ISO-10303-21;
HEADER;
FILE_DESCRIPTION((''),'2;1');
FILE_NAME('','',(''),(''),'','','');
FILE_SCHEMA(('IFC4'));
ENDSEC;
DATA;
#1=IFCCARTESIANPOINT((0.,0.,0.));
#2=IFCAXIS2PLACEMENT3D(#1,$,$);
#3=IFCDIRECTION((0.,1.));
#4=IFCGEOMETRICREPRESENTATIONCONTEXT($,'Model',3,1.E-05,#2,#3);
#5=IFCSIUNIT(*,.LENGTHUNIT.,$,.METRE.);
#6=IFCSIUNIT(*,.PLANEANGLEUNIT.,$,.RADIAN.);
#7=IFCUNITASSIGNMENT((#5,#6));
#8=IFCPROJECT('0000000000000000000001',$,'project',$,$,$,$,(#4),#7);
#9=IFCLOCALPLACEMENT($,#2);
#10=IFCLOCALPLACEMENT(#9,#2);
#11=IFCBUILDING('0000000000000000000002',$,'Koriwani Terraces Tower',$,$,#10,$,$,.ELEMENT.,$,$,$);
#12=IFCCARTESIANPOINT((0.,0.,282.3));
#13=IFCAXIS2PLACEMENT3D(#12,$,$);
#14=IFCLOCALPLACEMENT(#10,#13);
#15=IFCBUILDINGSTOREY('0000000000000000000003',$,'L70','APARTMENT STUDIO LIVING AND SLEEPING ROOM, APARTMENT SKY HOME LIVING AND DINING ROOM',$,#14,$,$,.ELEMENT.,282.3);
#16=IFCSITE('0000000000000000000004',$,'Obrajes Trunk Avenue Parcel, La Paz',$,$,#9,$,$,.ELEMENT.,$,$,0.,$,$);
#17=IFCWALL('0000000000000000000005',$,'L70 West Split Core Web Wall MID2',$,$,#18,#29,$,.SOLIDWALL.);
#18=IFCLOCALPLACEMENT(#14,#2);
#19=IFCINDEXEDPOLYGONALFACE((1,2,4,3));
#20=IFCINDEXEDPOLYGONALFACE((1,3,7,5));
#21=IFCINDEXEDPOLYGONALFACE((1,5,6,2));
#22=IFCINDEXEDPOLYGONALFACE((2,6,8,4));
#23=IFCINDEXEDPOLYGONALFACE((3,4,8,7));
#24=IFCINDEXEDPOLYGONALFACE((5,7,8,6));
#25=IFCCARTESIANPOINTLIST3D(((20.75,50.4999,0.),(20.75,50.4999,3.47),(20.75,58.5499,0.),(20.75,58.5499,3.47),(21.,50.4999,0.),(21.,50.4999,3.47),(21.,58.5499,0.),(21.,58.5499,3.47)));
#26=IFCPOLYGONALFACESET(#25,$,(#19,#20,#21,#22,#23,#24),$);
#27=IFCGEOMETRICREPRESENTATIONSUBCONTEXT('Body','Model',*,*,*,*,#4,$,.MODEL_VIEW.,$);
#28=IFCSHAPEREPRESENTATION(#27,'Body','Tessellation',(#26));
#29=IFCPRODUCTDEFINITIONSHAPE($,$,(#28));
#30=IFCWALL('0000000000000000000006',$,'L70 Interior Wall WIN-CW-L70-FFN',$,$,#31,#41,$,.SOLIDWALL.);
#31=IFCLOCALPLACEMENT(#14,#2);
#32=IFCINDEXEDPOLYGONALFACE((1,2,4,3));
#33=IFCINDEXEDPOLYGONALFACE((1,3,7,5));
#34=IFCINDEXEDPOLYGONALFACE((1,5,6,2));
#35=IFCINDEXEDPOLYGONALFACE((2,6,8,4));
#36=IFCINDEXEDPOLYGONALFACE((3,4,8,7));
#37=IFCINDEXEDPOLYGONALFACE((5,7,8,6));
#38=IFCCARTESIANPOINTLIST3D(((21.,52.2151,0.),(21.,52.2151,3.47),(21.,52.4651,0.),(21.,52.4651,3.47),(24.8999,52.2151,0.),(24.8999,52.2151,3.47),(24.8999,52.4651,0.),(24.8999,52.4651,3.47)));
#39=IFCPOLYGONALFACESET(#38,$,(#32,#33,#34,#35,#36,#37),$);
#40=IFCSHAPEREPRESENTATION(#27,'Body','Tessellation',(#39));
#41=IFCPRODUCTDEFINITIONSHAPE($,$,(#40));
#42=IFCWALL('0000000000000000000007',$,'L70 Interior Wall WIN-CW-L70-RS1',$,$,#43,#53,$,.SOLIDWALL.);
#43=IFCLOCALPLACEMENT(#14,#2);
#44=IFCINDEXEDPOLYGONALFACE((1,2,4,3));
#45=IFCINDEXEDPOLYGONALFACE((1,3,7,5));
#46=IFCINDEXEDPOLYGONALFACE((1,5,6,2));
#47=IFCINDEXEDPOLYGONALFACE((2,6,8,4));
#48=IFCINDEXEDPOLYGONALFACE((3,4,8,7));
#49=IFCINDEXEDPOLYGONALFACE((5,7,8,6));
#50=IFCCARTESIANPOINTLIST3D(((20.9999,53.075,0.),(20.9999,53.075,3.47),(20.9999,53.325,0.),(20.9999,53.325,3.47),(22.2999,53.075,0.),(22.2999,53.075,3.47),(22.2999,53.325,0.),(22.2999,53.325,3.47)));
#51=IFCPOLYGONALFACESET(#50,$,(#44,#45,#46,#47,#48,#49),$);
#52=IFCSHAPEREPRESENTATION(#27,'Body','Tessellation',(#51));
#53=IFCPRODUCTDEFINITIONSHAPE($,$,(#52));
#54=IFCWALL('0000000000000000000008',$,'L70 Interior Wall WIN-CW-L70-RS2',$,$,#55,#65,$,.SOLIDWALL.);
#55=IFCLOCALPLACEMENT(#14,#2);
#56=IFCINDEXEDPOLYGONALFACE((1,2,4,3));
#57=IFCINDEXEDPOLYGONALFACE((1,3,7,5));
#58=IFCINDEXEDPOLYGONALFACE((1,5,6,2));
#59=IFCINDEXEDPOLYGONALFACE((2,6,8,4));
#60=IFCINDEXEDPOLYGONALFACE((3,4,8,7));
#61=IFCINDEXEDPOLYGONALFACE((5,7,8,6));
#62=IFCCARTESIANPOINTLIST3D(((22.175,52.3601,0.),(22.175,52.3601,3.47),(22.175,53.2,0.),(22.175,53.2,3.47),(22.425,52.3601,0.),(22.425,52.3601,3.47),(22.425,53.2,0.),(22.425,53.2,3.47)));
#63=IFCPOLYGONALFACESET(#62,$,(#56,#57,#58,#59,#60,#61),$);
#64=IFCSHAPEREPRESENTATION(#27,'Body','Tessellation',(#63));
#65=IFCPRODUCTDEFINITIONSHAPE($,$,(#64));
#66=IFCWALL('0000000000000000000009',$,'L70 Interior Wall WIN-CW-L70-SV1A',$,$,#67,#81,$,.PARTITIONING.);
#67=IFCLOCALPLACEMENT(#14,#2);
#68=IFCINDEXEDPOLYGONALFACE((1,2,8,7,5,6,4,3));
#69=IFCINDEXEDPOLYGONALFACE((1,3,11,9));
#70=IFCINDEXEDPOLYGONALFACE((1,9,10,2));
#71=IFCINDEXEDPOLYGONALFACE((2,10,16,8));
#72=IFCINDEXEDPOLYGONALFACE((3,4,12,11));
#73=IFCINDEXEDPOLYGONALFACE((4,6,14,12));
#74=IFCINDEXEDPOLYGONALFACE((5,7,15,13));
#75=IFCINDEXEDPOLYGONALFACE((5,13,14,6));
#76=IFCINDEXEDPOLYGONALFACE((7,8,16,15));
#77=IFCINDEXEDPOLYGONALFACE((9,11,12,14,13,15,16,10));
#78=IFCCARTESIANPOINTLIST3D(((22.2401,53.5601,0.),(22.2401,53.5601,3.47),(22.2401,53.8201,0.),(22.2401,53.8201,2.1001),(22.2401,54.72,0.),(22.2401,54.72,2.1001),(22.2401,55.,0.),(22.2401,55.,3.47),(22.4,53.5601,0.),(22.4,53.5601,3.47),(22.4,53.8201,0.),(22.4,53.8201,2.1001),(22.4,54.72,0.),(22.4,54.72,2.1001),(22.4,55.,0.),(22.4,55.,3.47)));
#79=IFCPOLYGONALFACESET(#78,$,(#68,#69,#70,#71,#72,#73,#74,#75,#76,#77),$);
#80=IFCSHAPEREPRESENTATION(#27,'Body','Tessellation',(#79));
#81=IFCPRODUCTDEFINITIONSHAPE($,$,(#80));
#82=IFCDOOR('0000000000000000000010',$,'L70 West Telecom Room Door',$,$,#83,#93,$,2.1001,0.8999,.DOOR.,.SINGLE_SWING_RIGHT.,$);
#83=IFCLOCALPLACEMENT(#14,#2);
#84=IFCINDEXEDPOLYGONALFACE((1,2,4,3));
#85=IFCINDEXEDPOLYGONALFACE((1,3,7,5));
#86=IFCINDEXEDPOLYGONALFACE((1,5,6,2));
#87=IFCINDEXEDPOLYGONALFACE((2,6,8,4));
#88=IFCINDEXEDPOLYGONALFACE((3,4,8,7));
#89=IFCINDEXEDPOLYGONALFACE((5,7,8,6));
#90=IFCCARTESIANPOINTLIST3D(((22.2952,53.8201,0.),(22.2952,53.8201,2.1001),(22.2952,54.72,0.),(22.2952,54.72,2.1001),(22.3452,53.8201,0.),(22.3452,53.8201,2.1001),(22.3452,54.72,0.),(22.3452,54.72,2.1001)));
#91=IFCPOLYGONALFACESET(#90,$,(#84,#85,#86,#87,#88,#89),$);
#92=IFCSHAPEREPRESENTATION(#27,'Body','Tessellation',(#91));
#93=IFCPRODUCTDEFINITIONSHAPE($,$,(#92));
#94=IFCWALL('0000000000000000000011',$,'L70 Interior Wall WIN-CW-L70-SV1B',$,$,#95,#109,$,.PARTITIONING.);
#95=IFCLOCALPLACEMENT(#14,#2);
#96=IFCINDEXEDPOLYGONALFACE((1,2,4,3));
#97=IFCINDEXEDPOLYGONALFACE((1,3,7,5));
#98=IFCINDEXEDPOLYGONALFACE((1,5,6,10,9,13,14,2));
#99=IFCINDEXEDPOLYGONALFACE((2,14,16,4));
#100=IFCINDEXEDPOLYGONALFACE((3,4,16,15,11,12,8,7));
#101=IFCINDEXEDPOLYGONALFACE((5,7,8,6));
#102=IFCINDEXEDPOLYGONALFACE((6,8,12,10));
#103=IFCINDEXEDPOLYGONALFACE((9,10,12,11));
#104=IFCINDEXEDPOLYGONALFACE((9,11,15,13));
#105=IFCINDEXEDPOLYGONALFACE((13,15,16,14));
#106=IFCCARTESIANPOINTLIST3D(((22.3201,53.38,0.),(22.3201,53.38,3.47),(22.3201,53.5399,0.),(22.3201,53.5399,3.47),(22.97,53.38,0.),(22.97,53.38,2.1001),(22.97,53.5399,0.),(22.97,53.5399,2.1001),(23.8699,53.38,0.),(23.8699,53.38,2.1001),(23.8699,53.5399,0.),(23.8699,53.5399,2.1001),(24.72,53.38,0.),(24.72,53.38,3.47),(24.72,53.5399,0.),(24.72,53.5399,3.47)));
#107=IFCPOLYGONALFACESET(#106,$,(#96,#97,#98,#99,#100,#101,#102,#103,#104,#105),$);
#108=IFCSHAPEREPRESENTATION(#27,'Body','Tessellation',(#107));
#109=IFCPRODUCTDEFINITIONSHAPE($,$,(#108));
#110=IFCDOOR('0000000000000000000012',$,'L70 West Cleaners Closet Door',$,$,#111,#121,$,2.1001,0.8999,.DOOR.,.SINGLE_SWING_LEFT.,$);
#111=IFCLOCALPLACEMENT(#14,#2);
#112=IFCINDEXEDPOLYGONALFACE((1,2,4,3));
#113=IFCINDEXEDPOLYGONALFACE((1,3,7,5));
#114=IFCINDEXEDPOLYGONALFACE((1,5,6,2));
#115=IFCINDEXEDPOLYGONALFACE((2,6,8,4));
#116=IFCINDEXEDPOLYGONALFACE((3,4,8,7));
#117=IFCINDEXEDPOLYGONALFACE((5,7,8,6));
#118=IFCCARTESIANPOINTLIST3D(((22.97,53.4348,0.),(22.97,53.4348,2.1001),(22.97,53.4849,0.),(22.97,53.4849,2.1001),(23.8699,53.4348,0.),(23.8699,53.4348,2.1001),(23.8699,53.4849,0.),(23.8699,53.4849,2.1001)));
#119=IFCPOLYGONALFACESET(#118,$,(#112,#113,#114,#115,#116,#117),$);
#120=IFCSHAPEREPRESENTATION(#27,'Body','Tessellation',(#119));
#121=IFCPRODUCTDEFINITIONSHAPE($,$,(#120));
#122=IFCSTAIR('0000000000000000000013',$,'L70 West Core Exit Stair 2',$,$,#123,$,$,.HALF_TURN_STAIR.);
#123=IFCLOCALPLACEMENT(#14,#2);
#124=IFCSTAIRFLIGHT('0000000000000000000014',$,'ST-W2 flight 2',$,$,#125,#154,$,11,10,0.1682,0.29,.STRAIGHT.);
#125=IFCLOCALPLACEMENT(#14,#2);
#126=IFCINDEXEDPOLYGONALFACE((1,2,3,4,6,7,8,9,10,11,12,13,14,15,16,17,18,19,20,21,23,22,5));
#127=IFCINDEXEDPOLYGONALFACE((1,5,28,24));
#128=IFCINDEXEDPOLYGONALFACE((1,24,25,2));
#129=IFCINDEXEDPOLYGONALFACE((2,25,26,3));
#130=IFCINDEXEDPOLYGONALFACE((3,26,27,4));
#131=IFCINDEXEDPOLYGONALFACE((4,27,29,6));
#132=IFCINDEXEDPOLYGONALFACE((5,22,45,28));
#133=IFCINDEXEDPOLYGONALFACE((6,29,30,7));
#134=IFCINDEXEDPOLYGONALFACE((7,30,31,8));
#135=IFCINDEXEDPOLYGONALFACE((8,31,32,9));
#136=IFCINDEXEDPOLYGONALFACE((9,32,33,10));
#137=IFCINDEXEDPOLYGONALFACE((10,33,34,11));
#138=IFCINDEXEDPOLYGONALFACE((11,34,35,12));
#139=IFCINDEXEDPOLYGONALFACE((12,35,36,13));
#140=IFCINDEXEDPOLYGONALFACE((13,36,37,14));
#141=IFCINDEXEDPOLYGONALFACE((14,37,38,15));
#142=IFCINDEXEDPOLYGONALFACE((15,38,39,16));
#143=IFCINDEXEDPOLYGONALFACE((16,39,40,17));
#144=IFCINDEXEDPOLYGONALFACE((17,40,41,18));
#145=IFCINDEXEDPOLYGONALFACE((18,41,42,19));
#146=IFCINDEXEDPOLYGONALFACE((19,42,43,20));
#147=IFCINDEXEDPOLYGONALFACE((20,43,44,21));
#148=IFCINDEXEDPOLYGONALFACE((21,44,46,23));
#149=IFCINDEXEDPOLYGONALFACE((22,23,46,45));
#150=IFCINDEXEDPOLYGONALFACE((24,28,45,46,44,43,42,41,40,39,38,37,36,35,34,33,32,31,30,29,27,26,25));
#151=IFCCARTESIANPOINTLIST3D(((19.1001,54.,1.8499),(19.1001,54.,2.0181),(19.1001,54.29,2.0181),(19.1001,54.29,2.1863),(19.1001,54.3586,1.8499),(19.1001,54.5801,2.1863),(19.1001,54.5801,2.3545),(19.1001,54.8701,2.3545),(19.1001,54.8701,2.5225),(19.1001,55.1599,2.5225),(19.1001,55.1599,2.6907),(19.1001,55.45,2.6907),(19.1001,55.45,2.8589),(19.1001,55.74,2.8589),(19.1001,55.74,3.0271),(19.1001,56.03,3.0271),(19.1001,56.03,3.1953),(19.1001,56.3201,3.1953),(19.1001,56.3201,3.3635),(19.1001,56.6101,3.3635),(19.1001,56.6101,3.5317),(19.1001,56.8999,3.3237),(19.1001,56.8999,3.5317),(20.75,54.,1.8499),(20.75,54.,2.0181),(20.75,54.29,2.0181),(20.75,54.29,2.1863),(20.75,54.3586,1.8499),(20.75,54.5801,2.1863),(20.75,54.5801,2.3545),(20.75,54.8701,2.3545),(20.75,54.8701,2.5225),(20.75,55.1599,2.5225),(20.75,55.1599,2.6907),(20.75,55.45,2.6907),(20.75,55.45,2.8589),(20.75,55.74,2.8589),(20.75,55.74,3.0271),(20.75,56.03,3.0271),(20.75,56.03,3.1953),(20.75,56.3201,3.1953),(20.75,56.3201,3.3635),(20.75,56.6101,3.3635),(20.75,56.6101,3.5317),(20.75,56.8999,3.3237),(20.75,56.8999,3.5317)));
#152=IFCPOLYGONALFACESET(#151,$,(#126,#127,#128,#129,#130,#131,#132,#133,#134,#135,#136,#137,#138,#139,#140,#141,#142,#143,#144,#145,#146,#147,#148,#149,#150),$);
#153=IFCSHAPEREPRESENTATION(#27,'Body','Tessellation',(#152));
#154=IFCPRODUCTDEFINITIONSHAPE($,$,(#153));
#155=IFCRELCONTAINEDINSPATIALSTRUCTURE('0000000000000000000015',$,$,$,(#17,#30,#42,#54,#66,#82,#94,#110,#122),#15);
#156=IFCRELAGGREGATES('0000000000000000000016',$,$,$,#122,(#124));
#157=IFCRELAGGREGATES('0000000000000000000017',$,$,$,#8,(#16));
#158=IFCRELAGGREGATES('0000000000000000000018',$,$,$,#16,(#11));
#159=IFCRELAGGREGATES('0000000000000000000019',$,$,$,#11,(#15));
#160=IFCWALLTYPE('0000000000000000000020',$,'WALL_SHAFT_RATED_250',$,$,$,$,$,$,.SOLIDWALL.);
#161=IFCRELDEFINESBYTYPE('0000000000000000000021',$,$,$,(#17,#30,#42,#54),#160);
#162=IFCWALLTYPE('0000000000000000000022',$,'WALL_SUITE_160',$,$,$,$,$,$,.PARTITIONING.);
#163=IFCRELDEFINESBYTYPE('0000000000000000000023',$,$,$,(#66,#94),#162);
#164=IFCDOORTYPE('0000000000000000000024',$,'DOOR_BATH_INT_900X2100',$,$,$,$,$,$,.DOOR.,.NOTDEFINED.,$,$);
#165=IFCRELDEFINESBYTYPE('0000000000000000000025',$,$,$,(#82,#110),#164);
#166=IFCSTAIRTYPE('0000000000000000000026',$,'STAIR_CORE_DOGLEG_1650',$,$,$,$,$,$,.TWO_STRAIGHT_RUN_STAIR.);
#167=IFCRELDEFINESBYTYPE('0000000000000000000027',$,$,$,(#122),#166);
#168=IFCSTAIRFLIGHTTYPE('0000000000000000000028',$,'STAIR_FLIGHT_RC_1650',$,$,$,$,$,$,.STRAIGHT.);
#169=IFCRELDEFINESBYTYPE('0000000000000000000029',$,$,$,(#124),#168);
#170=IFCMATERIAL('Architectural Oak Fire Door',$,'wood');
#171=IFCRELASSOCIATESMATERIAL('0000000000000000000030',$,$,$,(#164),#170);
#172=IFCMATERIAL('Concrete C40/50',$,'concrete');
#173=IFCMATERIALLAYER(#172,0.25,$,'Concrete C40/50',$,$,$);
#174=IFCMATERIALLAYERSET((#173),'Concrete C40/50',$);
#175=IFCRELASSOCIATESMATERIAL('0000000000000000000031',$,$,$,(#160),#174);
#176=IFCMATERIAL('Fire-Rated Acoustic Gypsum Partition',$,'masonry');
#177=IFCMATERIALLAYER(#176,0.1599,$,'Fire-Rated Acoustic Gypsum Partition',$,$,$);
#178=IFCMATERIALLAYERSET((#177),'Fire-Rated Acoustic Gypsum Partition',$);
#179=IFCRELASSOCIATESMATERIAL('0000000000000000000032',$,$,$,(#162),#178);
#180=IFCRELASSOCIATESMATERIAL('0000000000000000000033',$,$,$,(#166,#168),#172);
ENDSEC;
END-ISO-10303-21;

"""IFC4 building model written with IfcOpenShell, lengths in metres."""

from ifc_helpers import new_model, si_unit, direction, frame, frame_2d, origin, place, context, subcontext, project, spatial, polyline, rectangle, outline, extrude, material, layer, layer_set, type_object, element, fill, aggregate, save


model = new_model("IFC4")

# Units and contexts
model_context = context("Model", 3, precision=1e-05, world=origin(), true_north=direction((0.0, 1.0)))
body_context = subcontext(model_context, "Body", "Model", "MODEL_VIEW")
ifc_project = project(units=[si_unit("LENGTHUNIT", "METRE"), si_unit("PLANEANGLEUNIT", "RADIAN")], contexts=[model_context])

# Site, building, storey
site_placement = place(None, origin())
site = spatial("IfcSite", under=ifc_project, at=site_placement, Name="Obrajes Trunk Avenue Parcel, La Paz", CompositionType="ELEMENT", RefElevation=0.0)
building_placement = place(site_placement, origin())
building = spatial("IfcBuilding", under=site, at=building_placement, Name="Koriwani Terraces Tower", CompositionType="ELEMENT")
storey_placement = place(building_placement, frame((0.0, 0.0, 282.3)))
storey = spatial("IfcBuildingStorey", under=building, at=storey_placement, Name="L70", Description="APARTMENT STUDIO LIVING AND SLEEPING ROOM, APARTMENT SKY HOME LIVING AND DINING ROOM", CompositionType="ELEMENT", Elevation=282.3)

# Shared definitions
ifc_material_1 = material(Name="Fire-Rated Acoustic Gypsum Partition", Category="masonry")
ifc_material_2 = material(Name="Architectural Oak Fire Door", Category="wood")
door_type_1 = type_object("IfcDoorType", Name="DOOR_BATH_INT_900X2100", OperationType="NOTDEFINED", PredefinedType="DOOR", material=ifc_material_2)

# Walls
ifc_material_3 = material(Name="Concrete C40/50", Category="concrete")
ifc_layer_1 = layer(ifc_material_3, 0.25, Name="Concrete C40/50")
ifc_layer_set_1 = layer_set([ifc_layer_1], Name="Concrete C40/50")
wall_type_1 = type_object("IfcWallType", Name="WALL_SHAFT_RATED_250", PredefinedType="SOLIDWALL", material=ifc_layer_set_1)
wall_1_placement = place(storey_placement, frame((20.875, 50.5, 0.0), z_axis=(0.0, 0.0, 1.0), x_axis=(0.0, 1.0, 0.0)))
element("IfcWall", 1, at=wall_1_placement, inside=storey, type_object=wall_type_1, Name="L70 West Split Core Web Wall MID2", PredefinedType="SOLIDWALL", context=body_context, shape_type="SweptSolid", body=[
    extrude(rectangle(XDim=8.05, YDim=0.25, at=frame_2d((4.0249, 0.0))), origin(), (0.0, 0.0, 1.0), 3.47),
])
wall_2_placement = place(storey_placement, frame((21.0, 52.3401, 0.0), z_axis=(0.0, 0.0, 1.0), x_axis=(1.0, 0.0, 0.0)))
element("IfcWall", 2, at=wall_2_placement, inside=storey, type_object=wall_type_1, Name="L70 Interior Wall WIN-CW-L70-FFN", PredefinedType="SOLIDWALL", context=body_context, shape_type="SweptSolid", body=[
    extrude(rectangle(XDim=3.8999, YDim=0.25, at=frame_2d((1.95, 0.0))), origin(), (0.0, 0.0, 1.0), 3.47),
])

# Walls
wall_3_placement = place(storey_placement, frame((21.0, 53.2, 0.0), z_axis=(0.0, 0.0, 1.0), x_axis=(1.0, 0.0, 0.0)))
element("IfcWall", 3, at=wall_3_placement, inside=storey, type_object=wall_type_1, Name="L70 Interior Wall WIN-CW-L70-RS1", PredefinedType="SOLIDWALL", context=body_context, shape_type="SweptSolid", body=[
    extrude(rectangle(XDim=1.3, YDim=0.25, at=frame_2d((0.6499, 0.0))), origin(), (0.0, 0.0, 1.0), 3.47),
])
wall_4_placement = place(storey_placement, frame((22.3, 52.3601, 0.0), z_axis=(0.0, 0.0, 1.0), x_axis=(0.0, 1.0, 0.0)))
element("IfcWall", 4, at=wall_4_placement, inside=storey, type_object=wall_type_1, Name="L70 Interior Wall WIN-CW-L70-RS2", PredefinedType="SOLIDWALL", context=body_context, shape_type="SweptSolid", body=[
    extrude(rectangle(XDim=0.8398, YDim=0.25, at=frame_2d((0.4199, 0.0))), origin(), (0.0, 0.0, 1.0), 3.47),
])

# Walls, openings, doors
ifc_layer_2 = layer(ifc_material_1, 0.1599, Name="Fire-Rated Acoustic Gypsum Partition")
ifc_layer_set_2 = layer_set([ifc_layer_2], Name="Fire-Rated Acoustic Gypsum Partition")
wall_type_2 = type_object("IfcWallType", Name="WALL_SUITE_160", PredefinedType="PARTITIONING", material=ifc_layer_set_2)
wall_5_placement = place(storey_placement, frame((22.3201, 53.5601, 0.0), z_axis=(0.0, 0.0, 1.0), x_axis=(0.0, 1.0, 0.0)))
wall_5 = element("IfcWall", 5, at=wall_5_placement, inside=storey, type_object=wall_type_2, Name="L70 Interior Wall WIN-CW-L70-SV1A", PredefinedType="PARTITIONING", context=body_context, shape_type="SweptSolid", body=[
    extrude(rectangle(XDim=1.4399, YDim=0.1599, at=frame_2d((0.72, 0.0))), origin(), (0.0, 0.0, 1.0), 3.47),
])
opening_1_placement = place(wall_5_placement, frame((0.26, 0.0, 0.0)))
opening_1 = element("IfcOpeningElement", 6, at=opening_1_placement, cuts=wall_5, PredefinedType="OPENING", context=body_context, shape_type="SweptSolid", body=[
    extrude(rectangle(XDim=0.8999, YDim=2.1001, at=frame_2d((0.45, 1.05))), frame((0.0, 0.0898, 0.0), z_axis=(0.0, -1.0, 0.0), x_axis=(1.0, 0.0, 0.0)), (0.0, 0.0, 1.0), 0.1799),
])
door_1_placement = place(opening_1_placement, origin())
door_1 = element("IfcDoor", 7, at=door_1_placement, inside=storey, type_object=door_type_1, Name="L70 West Telecom Room Door", OperationType="SINGLE_SWING_RIGHT", OverallHeight=2.1001, OverallWidth=0.8999, PredefinedType="DOOR", context=body_context, shape_type="SweptSolid", body=[
    extrude(rectangle(XDim=0.8999, YDim=2.1001, at=frame_2d((0.45, 1.05))), frame((0.0, 0.0249, 0.0), z_axis=(0.0, -1.0, 0.0), x_axis=(1.0, 0.0, 0.0)), (0.0, 0.0, 1.0), 0.05),
])
fill(opening_1, door_1)
wall_6_placement = place(storey_placement, frame((22.3201, 53.46, 0.0), z_axis=(0.0, 0.0, 1.0), x_axis=(1.0, 0.0, 0.0)))
wall_6 = element("IfcWall", 8, at=wall_6_placement, inside=storey, type_object=wall_type_2, Name="L70 Interior Wall WIN-CW-L70-SV1B", PredefinedType="PARTITIONING", context=body_context, shape_type="SweptSolid", body=[
    extrude(rectangle(XDim=2.3999, YDim=0.1599, at=frame_2d((1.2, 0.0))), origin(), (0.0, 0.0, 1.0), 3.47),
])
opening_2_placement = place(wall_6_placement, frame((0.6499, 0.0, 0.0)))
opening_2 = element("IfcOpeningElement", 9, at=opening_2_placement, cuts=wall_6, PredefinedType="OPENING", context=body_context, shape_type="SweptSolid", body=[
    extrude(rectangle(XDim=0.8999, YDim=2.1001, at=frame_2d((0.45, 1.05))), frame((0.0, 0.0898, 0.0), z_axis=(0.0, -1.0, 0.0), x_axis=(1.0, 0.0, 0.0)), (0.0, 0.0, 1.0), 0.1799),
])
door_2_placement = place(opening_2_placement, origin())
door_2 = element("IfcDoor", 10, at=door_2_placement, inside=storey, type_object=door_type_1, Name="L70 West Cleaners Closet Door", OperationType="SINGLE_SWING_LEFT", OverallHeight=2.1001, OverallWidth=0.8999, PredefinedType="DOOR", context=body_context, shape_type="SweptSolid", body=[
    extrude(rectangle(XDim=0.8999, YDim=2.1001, at=frame_2d((0.45, 1.05))), frame((0.0, 0.0249, 0.0), z_axis=(0.0, -1.0, 0.0), x_axis=(1.0, 0.0, 0.0)), (0.0, 0.0, 1.0), 0.05),
])
fill(opening_2, door_2)

# Stair, stair flight
stair_type = type_object("IfcStairType", Name="STAIR_CORE_DOGLEG_1650", PredefinedType="TWO_STRAIGHT_RUN_STAIR", material=ifc_material_3)
stair_placement = place(storey_placement, origin())
stair = element("IfcStair", 11, at=stair_placement, inside=storey, type_object=stair_type, Name="L70 West Core Exit Stair 2", PredefinedType="HALF_TURN_STAIR")
stair_flight_type = type_object("IfcStairFlightType", Name="STAIR_FLIGHT_RC_1650", PredefinedType="STRAIGHT", material=ifc_material_3)
stair_flight_placement = place(storey_placement, frame((19.925, 54.0, 1.8499), z_axis=(0.0, 0.0, 1.0), x_axis=(0.0, 1.0, 0.0)))
stair_flight = element("IfcStairFlight", 12, at=stair_flight_placement, type_object=stair_flight_type, Name="ST-W2 flight 2", NumberOfRisers=11, NumberOfTreads=10, PredefinedType="STRAIGHT", RiserHeight=0.1682, TreadLength=0.29, context=body_context, shape_type="SweptSolid", body=[
    extrude(outline(polyline([(0.0, 0.0), (0.0, 0.1682), (0.29, 0.1682), (0.29, 0.3364), (0.5801, 0.3364), (0.5801, 0.5046), (0.8701, 0.5046), (0.8701, 0.6726), (1.1599, 0.6726), (1.1599, 0.8408), (1.45, 0.8408), (1.45, 1.009), (1.74, 1.009), (1.74, 1.1772), (2.03, 1.1772), (2.03, 1.3455), (2.3201, 1.3455), (2.3201, 1.5137), (2.6101, 1.5137), (2.6101, 1.6819), (2.8999, 1.6819), (2.8999, 1.8501), (2.8999, 1.4739), (0.3586, 0.0), (0.0, 0.0)])), frame((0.0, 0.825, 0.0), z_axis=(0.0, -1.0, 0.0), x_axis=(1.0, 0.0, 0.0)), (0.0, 0.0, 1.0), 1.6499),
])
aggregate(stair, [stair_flight])

save(model, "model.ifc")
